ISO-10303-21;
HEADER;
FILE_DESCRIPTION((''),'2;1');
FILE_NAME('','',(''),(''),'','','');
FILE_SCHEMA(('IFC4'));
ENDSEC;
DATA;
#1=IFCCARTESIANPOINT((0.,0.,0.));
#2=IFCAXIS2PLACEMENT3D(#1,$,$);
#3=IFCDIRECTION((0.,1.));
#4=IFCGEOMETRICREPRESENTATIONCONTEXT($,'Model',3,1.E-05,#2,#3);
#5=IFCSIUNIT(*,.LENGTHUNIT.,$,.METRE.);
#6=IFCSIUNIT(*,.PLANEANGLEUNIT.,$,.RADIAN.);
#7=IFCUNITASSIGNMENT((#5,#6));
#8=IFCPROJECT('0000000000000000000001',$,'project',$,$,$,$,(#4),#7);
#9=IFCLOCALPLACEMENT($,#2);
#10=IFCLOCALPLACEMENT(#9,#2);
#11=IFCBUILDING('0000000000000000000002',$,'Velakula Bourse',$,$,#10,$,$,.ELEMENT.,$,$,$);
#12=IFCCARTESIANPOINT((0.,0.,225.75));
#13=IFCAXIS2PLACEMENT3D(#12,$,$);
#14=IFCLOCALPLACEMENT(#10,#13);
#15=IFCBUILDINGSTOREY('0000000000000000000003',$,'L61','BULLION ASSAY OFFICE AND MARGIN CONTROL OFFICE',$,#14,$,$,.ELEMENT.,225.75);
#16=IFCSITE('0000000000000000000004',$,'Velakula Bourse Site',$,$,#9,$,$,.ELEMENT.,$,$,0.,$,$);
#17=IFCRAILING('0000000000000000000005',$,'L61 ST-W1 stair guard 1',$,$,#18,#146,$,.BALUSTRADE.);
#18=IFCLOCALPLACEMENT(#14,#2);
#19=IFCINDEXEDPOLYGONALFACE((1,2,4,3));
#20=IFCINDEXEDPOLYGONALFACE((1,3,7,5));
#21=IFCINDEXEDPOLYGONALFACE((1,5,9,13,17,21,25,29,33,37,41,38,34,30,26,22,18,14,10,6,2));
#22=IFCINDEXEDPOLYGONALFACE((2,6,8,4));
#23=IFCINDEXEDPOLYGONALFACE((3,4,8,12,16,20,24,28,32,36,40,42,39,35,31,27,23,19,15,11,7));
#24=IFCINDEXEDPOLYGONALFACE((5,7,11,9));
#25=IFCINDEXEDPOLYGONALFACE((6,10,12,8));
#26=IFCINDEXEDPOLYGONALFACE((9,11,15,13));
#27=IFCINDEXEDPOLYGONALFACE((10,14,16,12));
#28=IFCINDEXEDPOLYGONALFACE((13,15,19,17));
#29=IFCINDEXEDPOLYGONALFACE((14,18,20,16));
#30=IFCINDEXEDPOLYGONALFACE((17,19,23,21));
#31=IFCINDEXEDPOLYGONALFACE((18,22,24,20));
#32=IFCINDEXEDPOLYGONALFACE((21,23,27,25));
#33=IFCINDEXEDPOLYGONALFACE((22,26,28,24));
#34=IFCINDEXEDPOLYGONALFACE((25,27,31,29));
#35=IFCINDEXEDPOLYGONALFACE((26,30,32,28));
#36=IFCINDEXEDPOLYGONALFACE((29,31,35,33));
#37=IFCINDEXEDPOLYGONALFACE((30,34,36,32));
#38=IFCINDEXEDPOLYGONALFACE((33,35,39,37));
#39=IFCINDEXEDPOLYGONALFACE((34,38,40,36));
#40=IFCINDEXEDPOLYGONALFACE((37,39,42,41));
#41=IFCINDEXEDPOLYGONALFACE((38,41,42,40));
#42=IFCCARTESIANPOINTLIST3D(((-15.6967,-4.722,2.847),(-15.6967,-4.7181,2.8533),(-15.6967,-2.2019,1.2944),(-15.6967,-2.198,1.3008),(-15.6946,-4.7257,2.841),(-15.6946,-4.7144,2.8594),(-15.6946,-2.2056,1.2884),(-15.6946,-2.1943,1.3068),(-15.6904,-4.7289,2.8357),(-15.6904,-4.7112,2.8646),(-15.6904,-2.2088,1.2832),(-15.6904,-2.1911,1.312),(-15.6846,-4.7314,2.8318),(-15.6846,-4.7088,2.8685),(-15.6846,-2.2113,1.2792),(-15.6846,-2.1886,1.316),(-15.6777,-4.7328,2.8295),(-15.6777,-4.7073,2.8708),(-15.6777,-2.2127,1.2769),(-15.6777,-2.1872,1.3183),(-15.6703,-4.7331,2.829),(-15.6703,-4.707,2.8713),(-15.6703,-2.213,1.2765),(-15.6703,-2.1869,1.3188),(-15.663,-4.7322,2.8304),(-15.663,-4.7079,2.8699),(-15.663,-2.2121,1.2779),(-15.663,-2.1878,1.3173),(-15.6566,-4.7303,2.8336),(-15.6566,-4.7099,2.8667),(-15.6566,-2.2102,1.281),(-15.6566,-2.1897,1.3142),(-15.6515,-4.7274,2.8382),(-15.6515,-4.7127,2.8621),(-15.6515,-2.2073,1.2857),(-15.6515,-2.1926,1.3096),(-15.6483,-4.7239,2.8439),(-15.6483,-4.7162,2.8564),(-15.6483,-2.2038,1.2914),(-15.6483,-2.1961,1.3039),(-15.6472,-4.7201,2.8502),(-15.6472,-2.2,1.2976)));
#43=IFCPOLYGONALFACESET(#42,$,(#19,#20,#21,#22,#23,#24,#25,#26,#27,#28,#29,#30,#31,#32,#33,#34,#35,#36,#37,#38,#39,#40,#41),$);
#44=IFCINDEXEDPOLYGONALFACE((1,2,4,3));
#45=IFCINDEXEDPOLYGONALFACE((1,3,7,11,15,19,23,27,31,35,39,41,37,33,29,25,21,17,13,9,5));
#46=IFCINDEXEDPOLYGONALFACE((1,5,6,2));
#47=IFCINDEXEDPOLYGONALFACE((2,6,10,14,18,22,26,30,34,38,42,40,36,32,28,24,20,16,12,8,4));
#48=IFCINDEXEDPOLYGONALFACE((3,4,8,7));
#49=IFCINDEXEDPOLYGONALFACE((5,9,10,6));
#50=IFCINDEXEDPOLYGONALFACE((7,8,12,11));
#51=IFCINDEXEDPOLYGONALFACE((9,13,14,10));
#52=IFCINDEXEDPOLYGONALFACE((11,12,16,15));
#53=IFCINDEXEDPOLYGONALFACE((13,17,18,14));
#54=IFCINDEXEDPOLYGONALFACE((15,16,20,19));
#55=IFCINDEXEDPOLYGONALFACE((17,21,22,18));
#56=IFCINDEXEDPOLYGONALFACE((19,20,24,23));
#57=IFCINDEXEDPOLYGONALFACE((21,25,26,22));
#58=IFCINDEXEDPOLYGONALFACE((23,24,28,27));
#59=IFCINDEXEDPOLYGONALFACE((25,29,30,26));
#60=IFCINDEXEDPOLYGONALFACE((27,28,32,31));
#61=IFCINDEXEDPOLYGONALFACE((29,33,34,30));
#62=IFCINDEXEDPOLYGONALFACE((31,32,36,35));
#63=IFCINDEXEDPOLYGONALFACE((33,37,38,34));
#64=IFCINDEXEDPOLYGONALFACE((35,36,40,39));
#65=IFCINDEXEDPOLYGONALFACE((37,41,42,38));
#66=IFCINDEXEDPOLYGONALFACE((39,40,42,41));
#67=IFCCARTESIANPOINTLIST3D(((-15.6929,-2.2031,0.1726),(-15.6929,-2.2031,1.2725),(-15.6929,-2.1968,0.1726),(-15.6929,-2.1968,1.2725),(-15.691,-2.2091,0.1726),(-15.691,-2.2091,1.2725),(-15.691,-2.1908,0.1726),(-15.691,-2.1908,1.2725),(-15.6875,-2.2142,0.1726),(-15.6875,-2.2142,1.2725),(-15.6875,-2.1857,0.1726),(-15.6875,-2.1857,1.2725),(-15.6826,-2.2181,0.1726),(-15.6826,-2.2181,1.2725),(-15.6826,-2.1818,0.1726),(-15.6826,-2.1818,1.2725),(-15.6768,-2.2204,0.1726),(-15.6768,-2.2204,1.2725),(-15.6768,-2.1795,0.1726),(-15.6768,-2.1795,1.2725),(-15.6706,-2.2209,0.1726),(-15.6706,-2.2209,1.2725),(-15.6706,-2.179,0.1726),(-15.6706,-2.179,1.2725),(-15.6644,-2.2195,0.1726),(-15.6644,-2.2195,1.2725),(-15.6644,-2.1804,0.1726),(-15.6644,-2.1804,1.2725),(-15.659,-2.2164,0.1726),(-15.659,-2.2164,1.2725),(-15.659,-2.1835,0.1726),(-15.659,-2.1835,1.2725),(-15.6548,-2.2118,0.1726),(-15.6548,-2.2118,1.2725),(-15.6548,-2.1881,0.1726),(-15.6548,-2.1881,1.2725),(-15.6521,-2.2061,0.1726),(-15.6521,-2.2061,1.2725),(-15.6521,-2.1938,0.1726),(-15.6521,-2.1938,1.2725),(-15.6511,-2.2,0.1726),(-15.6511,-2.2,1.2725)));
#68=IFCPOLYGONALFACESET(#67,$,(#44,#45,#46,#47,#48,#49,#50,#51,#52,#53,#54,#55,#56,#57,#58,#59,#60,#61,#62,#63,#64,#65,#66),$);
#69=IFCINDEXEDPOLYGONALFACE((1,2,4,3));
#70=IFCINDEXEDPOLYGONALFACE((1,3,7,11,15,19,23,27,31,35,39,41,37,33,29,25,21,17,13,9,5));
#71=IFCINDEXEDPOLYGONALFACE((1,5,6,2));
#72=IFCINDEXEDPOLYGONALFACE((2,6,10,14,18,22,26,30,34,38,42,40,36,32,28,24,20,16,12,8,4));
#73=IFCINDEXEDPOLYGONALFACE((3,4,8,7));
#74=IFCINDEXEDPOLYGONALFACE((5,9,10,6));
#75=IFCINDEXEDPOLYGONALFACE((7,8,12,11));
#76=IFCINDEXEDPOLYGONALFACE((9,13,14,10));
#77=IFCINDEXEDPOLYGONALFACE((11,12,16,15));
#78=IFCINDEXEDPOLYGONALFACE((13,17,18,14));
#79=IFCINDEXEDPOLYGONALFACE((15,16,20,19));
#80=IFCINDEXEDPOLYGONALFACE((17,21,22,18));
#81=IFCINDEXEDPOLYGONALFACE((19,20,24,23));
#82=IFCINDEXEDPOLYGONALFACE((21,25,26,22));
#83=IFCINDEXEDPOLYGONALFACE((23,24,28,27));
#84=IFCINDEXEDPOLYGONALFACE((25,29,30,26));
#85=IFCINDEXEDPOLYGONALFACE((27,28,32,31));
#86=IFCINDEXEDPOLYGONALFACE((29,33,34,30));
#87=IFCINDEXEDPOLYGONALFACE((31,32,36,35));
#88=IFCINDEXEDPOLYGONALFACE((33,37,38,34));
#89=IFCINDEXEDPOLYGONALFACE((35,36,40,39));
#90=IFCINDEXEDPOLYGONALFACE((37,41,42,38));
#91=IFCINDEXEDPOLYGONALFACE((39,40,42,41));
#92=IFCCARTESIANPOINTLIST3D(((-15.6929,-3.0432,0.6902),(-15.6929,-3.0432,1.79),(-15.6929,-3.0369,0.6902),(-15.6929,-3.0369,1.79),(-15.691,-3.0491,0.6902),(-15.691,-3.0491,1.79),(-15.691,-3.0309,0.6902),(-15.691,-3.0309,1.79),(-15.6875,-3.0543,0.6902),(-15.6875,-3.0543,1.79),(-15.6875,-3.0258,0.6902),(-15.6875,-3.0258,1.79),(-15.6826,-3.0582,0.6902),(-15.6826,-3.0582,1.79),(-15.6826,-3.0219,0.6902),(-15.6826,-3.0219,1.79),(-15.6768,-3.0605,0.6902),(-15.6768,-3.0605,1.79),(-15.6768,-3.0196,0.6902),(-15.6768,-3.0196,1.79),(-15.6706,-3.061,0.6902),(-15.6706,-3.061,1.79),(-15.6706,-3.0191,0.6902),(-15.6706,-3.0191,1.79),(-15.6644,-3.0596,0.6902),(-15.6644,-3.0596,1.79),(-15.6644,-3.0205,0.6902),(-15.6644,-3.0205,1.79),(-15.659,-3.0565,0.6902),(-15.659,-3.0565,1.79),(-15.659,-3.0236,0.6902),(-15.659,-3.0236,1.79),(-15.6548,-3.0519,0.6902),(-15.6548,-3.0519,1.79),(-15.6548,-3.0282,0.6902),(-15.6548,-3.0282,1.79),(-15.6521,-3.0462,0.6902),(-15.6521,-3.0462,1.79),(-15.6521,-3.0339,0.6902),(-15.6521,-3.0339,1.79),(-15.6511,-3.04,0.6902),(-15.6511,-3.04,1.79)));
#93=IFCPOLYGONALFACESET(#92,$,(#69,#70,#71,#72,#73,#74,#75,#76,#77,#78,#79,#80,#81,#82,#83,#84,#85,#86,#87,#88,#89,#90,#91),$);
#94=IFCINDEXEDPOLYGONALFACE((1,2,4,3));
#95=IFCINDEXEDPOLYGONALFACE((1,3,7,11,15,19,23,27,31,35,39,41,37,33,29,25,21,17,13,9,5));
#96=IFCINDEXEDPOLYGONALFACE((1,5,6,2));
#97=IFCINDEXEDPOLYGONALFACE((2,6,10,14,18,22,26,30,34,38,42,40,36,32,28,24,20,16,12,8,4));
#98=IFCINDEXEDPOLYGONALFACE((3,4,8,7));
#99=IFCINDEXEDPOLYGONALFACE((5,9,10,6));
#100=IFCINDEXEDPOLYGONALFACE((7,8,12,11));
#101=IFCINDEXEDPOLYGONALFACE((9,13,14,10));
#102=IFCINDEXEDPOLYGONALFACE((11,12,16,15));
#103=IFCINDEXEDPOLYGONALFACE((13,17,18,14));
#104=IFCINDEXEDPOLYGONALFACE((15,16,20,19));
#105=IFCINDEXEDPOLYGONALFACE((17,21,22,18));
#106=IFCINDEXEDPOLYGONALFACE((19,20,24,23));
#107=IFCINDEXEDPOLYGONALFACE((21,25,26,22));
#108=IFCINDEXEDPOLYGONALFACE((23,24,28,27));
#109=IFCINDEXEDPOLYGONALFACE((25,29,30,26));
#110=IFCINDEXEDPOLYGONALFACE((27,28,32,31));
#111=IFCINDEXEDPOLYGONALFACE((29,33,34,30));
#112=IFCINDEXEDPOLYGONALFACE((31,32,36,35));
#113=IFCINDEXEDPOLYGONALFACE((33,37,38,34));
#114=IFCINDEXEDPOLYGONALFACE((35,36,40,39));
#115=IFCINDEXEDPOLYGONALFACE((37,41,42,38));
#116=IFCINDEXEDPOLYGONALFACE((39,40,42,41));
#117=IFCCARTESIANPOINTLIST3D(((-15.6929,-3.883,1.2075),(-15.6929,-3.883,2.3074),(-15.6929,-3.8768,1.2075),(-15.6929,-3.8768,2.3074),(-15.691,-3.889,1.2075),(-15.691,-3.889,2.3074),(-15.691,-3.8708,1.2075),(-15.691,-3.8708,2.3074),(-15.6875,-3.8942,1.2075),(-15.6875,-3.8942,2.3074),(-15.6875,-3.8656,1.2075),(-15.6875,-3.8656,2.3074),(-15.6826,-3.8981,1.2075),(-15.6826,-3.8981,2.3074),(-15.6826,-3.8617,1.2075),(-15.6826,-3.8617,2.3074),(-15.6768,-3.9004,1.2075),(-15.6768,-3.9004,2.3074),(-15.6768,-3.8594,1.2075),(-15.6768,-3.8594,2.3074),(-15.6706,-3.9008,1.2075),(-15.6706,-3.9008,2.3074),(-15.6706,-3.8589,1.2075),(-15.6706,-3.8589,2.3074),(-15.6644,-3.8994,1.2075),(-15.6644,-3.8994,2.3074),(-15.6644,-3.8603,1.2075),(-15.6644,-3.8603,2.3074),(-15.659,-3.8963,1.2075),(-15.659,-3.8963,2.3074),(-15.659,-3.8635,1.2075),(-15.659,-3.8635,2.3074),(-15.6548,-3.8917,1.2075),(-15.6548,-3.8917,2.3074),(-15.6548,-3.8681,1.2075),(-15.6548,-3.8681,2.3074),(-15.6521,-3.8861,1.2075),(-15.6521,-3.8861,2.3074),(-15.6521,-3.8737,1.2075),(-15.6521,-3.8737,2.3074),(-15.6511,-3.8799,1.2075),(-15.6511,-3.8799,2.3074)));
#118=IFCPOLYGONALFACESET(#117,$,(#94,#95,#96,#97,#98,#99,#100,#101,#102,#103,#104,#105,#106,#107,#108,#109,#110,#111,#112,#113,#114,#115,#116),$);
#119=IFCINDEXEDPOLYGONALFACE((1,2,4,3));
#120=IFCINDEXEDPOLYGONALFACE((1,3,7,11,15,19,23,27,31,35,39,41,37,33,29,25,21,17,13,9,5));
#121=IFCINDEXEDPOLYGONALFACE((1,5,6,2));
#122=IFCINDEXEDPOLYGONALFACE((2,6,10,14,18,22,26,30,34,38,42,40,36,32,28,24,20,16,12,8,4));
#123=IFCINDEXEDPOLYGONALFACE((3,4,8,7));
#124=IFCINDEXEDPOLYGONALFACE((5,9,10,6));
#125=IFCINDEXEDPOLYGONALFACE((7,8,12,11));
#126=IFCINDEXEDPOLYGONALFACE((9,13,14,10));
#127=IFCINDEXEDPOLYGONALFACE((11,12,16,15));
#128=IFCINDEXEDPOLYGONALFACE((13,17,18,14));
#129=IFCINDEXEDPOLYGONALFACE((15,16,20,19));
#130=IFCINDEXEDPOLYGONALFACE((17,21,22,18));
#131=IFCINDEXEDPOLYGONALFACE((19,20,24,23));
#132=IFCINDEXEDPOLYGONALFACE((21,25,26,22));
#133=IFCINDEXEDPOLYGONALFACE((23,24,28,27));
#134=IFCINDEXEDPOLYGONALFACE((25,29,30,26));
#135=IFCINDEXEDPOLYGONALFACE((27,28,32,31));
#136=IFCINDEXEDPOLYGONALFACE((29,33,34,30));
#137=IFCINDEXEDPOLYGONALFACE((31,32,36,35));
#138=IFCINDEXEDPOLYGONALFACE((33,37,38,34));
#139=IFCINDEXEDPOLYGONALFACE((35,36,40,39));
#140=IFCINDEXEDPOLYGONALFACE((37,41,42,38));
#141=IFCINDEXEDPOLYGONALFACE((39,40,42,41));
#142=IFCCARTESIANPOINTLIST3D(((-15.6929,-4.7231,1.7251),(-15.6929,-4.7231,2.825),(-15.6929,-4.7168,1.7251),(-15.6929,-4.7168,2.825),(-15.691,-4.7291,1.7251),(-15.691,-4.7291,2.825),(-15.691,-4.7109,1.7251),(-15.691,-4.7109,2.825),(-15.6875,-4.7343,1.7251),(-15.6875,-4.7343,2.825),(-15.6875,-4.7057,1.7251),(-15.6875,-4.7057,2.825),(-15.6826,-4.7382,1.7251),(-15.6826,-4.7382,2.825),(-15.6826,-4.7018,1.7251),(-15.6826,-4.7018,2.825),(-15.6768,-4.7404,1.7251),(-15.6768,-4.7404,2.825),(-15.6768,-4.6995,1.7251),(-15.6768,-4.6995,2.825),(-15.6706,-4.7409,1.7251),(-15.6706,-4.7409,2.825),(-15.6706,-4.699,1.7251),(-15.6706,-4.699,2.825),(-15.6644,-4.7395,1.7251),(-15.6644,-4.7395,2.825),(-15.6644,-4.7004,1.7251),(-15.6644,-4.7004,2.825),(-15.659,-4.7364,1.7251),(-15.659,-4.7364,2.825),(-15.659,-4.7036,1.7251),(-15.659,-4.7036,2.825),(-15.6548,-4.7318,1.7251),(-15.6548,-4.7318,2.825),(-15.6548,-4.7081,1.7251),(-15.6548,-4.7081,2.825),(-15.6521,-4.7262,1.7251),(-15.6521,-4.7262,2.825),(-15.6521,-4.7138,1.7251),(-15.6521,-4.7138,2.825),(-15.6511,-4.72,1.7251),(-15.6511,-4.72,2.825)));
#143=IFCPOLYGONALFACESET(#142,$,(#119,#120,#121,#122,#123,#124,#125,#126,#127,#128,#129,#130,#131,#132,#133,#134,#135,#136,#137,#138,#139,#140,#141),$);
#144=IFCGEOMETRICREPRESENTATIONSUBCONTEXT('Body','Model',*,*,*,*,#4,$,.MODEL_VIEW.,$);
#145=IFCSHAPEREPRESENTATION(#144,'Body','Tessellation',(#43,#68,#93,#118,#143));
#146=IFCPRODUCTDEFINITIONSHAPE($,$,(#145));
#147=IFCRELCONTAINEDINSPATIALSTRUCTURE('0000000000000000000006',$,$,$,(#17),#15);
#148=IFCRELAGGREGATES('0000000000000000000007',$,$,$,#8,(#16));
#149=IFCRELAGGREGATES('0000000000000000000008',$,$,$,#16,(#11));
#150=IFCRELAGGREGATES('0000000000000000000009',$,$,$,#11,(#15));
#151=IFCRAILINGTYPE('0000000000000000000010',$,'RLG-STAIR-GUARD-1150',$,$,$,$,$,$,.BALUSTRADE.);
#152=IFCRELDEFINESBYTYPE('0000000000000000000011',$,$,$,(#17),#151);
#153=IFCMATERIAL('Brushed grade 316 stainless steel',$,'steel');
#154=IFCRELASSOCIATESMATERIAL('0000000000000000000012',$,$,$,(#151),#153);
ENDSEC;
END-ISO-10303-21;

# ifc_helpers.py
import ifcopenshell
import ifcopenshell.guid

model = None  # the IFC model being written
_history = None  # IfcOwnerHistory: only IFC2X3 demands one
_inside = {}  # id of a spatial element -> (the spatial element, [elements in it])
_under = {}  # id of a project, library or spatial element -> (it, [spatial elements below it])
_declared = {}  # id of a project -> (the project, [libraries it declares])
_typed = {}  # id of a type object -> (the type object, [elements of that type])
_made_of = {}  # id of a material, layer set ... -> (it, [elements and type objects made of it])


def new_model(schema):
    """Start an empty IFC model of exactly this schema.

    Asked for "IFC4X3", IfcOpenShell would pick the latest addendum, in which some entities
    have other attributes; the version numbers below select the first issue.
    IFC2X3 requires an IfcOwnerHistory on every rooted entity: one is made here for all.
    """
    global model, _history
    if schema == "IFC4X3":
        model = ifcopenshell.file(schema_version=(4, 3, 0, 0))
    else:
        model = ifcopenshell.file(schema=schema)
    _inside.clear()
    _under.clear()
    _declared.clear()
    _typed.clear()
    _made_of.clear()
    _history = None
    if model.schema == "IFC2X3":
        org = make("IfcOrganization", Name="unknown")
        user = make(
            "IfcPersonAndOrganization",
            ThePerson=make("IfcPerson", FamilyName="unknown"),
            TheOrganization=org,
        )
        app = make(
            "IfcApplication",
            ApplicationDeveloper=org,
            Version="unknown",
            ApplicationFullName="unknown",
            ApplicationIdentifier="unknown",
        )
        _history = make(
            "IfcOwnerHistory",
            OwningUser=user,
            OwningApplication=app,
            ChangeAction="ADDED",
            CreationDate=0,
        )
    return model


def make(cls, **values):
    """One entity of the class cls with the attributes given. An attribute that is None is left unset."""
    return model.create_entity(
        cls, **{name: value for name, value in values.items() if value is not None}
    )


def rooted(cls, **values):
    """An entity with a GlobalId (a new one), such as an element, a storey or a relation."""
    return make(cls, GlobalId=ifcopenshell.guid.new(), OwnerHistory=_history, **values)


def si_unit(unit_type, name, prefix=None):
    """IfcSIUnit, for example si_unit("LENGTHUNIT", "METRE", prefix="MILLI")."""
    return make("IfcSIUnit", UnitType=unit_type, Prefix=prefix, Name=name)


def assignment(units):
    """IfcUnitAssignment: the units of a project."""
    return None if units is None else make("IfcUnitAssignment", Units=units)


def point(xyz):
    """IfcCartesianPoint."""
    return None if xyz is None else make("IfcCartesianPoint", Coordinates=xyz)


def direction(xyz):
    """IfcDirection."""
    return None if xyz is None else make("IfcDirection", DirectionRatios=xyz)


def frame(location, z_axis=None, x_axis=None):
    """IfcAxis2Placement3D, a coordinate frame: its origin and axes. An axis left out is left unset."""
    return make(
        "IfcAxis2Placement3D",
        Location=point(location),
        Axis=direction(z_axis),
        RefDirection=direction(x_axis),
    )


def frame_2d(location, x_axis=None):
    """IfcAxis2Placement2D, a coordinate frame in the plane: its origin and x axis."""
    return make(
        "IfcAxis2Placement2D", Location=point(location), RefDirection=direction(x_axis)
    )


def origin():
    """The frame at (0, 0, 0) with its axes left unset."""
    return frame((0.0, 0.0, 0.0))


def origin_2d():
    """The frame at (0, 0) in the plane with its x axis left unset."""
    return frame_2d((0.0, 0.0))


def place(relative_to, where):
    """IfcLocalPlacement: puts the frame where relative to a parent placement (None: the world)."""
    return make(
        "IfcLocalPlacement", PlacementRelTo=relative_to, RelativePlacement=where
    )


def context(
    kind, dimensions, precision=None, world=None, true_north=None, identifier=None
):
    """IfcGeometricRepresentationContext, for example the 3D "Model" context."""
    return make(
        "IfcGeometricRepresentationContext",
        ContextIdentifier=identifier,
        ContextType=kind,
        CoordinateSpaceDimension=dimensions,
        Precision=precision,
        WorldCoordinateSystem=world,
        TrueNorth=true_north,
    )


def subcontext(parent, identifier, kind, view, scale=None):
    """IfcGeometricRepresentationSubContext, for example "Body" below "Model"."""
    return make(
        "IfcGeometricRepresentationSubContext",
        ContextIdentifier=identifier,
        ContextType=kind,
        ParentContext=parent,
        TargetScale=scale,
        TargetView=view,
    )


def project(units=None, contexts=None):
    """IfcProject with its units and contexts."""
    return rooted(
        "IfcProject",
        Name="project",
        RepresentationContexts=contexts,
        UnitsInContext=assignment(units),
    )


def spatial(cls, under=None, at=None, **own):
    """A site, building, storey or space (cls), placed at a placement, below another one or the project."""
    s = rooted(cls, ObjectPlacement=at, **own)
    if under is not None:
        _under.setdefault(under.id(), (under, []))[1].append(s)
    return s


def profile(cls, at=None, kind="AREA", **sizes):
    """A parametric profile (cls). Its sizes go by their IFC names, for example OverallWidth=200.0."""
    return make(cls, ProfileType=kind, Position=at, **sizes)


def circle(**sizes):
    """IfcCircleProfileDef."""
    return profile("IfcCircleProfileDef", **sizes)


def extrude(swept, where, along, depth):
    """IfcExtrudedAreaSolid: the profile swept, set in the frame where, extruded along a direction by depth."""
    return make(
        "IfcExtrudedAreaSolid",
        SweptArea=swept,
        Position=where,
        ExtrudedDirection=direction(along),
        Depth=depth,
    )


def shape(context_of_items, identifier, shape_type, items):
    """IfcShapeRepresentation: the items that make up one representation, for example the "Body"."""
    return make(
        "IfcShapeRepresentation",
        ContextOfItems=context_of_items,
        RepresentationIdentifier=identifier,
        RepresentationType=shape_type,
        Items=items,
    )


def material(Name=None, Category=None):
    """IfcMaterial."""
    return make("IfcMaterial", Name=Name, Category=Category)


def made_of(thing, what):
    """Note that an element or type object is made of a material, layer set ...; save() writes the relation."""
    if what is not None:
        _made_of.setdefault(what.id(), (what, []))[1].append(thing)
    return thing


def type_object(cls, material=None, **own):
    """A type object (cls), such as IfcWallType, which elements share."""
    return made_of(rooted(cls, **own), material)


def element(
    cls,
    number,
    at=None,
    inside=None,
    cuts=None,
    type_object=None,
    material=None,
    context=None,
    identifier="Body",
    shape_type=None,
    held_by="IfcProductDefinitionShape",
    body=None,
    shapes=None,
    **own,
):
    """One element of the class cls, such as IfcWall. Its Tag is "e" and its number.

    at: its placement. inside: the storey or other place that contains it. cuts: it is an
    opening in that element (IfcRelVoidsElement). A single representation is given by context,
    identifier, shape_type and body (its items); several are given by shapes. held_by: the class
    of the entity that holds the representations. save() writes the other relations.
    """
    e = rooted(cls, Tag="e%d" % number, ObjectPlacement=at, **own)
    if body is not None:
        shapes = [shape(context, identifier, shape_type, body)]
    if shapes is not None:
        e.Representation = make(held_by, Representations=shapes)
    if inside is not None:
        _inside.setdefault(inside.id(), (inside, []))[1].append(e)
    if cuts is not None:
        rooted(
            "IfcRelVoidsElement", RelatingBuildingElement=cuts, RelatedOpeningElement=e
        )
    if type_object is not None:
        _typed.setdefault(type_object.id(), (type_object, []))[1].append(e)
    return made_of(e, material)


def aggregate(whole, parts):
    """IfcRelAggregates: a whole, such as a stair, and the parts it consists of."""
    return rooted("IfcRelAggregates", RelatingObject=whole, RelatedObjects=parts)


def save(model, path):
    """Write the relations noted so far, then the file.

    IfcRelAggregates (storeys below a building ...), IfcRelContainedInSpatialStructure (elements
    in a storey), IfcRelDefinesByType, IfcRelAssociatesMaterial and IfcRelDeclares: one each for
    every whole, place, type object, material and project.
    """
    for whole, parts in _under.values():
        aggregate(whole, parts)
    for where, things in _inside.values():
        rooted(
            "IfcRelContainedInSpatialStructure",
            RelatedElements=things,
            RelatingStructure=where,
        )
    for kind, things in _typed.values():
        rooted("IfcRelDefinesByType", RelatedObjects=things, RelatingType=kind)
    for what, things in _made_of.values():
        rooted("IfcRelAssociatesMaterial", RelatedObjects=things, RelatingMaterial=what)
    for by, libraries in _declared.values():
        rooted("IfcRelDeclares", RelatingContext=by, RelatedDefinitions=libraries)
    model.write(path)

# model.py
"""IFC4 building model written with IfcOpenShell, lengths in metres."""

from ifc_helpers import new_model, si_unit, direction, frame, origin, origin_2d, place, context, subcontext, project, spatial, circle, extrude, material, type_object, element, save


model = new_model("IFC4")

# Units and contexts
model_context = context("Model", 3, precision=1e-05, world=origin(), true_north=direction((0.0, 1.0)))
body_context = subcontext(model_context, "Body", "Model", "MODEL_VIEW")
ifc_project = project(units=[si_unit("LENGTHUNIT", "METRE"), si_unit("PLANEANGLEUNIT", "RADIAN")], contexts=[model_context])

# Site, building, storey
site_placement = place(None, origin())
site = spatial("IfcSite", under=ifc_project, at=site_placement, Name="Velakula Bourse Site", CompositionType="ELEMENT", RefElevation=0.0)
building_placement = place(site_placement, origin())
building = spatial("IfcBuilding", under=site, at=building_placement, Name="Velakula Bourse", CompositionType="ELEMENT")
storey_placement = place(building_placement, frame((0.0, 0.0, 225.75)))
storey = spatial("IfcBuildingStorey", under=building, at=storey_placement, Name="L61", Description="BULLION ASSAY OFFICE AND MARGIN CONTROL OFFICE", CompositionType="ELEMENT", Elevation=225.75)

# Shared definitions
ifc_material_1 = material(Name="Brushed grade 316 stainless steel", Category="steel")

# Railing
railing_type_1 = type_object("IfcRailingType", Name="RLG-STAIR-GUARD-1150", PredefinedType="BALUSTRADE", material=ifc_material_1)
railing_1_placement = place(storey_placement, frame((-15.6721, -2.2, 0.1726)))
element("IfcRailing", 1, at=railing_1_placement, inside=storey, type_object=railing_type_1, Name="L61 ST-W1 stair guard 1", PredefinedType="BALUSTRADE", context=body_context, shape_type="SweptSolid", body=[
    extrude(circle(Radius=0.0249, at=origin_2d()), frame((0.0, 0.0, 1.125), z_axis=(0.0, -0.8514, 0.524516), x_axis=(1.0, 0.0, 0.0)), (0.0, 0.0, 1.0), 2.96),
    extrude(circle(Radius=0.021, at=origin_2d()), origin(), (0.0, 0.0, 1.0), 1.0999),
    extrude(circle(Radius=0.021, at=origin_2d()), frame((0.0, -0.8401, 0.5176)), (0.0, 0.0, 1.0), 1.0999),
    extrude(circle(Radius=0.021, at=origin_2d()), frame((0.0, -1.6799, 1.0349)), (0.0, 0.0, 1.0), 1.0999),
    extrude(circle(Radius=0.021, at=origin_2d()), frame((0.0, -2.52, 1.5525)), (0.0, 0.0, 1.0), 1.0999),
])

save(model, "model.ifc")
